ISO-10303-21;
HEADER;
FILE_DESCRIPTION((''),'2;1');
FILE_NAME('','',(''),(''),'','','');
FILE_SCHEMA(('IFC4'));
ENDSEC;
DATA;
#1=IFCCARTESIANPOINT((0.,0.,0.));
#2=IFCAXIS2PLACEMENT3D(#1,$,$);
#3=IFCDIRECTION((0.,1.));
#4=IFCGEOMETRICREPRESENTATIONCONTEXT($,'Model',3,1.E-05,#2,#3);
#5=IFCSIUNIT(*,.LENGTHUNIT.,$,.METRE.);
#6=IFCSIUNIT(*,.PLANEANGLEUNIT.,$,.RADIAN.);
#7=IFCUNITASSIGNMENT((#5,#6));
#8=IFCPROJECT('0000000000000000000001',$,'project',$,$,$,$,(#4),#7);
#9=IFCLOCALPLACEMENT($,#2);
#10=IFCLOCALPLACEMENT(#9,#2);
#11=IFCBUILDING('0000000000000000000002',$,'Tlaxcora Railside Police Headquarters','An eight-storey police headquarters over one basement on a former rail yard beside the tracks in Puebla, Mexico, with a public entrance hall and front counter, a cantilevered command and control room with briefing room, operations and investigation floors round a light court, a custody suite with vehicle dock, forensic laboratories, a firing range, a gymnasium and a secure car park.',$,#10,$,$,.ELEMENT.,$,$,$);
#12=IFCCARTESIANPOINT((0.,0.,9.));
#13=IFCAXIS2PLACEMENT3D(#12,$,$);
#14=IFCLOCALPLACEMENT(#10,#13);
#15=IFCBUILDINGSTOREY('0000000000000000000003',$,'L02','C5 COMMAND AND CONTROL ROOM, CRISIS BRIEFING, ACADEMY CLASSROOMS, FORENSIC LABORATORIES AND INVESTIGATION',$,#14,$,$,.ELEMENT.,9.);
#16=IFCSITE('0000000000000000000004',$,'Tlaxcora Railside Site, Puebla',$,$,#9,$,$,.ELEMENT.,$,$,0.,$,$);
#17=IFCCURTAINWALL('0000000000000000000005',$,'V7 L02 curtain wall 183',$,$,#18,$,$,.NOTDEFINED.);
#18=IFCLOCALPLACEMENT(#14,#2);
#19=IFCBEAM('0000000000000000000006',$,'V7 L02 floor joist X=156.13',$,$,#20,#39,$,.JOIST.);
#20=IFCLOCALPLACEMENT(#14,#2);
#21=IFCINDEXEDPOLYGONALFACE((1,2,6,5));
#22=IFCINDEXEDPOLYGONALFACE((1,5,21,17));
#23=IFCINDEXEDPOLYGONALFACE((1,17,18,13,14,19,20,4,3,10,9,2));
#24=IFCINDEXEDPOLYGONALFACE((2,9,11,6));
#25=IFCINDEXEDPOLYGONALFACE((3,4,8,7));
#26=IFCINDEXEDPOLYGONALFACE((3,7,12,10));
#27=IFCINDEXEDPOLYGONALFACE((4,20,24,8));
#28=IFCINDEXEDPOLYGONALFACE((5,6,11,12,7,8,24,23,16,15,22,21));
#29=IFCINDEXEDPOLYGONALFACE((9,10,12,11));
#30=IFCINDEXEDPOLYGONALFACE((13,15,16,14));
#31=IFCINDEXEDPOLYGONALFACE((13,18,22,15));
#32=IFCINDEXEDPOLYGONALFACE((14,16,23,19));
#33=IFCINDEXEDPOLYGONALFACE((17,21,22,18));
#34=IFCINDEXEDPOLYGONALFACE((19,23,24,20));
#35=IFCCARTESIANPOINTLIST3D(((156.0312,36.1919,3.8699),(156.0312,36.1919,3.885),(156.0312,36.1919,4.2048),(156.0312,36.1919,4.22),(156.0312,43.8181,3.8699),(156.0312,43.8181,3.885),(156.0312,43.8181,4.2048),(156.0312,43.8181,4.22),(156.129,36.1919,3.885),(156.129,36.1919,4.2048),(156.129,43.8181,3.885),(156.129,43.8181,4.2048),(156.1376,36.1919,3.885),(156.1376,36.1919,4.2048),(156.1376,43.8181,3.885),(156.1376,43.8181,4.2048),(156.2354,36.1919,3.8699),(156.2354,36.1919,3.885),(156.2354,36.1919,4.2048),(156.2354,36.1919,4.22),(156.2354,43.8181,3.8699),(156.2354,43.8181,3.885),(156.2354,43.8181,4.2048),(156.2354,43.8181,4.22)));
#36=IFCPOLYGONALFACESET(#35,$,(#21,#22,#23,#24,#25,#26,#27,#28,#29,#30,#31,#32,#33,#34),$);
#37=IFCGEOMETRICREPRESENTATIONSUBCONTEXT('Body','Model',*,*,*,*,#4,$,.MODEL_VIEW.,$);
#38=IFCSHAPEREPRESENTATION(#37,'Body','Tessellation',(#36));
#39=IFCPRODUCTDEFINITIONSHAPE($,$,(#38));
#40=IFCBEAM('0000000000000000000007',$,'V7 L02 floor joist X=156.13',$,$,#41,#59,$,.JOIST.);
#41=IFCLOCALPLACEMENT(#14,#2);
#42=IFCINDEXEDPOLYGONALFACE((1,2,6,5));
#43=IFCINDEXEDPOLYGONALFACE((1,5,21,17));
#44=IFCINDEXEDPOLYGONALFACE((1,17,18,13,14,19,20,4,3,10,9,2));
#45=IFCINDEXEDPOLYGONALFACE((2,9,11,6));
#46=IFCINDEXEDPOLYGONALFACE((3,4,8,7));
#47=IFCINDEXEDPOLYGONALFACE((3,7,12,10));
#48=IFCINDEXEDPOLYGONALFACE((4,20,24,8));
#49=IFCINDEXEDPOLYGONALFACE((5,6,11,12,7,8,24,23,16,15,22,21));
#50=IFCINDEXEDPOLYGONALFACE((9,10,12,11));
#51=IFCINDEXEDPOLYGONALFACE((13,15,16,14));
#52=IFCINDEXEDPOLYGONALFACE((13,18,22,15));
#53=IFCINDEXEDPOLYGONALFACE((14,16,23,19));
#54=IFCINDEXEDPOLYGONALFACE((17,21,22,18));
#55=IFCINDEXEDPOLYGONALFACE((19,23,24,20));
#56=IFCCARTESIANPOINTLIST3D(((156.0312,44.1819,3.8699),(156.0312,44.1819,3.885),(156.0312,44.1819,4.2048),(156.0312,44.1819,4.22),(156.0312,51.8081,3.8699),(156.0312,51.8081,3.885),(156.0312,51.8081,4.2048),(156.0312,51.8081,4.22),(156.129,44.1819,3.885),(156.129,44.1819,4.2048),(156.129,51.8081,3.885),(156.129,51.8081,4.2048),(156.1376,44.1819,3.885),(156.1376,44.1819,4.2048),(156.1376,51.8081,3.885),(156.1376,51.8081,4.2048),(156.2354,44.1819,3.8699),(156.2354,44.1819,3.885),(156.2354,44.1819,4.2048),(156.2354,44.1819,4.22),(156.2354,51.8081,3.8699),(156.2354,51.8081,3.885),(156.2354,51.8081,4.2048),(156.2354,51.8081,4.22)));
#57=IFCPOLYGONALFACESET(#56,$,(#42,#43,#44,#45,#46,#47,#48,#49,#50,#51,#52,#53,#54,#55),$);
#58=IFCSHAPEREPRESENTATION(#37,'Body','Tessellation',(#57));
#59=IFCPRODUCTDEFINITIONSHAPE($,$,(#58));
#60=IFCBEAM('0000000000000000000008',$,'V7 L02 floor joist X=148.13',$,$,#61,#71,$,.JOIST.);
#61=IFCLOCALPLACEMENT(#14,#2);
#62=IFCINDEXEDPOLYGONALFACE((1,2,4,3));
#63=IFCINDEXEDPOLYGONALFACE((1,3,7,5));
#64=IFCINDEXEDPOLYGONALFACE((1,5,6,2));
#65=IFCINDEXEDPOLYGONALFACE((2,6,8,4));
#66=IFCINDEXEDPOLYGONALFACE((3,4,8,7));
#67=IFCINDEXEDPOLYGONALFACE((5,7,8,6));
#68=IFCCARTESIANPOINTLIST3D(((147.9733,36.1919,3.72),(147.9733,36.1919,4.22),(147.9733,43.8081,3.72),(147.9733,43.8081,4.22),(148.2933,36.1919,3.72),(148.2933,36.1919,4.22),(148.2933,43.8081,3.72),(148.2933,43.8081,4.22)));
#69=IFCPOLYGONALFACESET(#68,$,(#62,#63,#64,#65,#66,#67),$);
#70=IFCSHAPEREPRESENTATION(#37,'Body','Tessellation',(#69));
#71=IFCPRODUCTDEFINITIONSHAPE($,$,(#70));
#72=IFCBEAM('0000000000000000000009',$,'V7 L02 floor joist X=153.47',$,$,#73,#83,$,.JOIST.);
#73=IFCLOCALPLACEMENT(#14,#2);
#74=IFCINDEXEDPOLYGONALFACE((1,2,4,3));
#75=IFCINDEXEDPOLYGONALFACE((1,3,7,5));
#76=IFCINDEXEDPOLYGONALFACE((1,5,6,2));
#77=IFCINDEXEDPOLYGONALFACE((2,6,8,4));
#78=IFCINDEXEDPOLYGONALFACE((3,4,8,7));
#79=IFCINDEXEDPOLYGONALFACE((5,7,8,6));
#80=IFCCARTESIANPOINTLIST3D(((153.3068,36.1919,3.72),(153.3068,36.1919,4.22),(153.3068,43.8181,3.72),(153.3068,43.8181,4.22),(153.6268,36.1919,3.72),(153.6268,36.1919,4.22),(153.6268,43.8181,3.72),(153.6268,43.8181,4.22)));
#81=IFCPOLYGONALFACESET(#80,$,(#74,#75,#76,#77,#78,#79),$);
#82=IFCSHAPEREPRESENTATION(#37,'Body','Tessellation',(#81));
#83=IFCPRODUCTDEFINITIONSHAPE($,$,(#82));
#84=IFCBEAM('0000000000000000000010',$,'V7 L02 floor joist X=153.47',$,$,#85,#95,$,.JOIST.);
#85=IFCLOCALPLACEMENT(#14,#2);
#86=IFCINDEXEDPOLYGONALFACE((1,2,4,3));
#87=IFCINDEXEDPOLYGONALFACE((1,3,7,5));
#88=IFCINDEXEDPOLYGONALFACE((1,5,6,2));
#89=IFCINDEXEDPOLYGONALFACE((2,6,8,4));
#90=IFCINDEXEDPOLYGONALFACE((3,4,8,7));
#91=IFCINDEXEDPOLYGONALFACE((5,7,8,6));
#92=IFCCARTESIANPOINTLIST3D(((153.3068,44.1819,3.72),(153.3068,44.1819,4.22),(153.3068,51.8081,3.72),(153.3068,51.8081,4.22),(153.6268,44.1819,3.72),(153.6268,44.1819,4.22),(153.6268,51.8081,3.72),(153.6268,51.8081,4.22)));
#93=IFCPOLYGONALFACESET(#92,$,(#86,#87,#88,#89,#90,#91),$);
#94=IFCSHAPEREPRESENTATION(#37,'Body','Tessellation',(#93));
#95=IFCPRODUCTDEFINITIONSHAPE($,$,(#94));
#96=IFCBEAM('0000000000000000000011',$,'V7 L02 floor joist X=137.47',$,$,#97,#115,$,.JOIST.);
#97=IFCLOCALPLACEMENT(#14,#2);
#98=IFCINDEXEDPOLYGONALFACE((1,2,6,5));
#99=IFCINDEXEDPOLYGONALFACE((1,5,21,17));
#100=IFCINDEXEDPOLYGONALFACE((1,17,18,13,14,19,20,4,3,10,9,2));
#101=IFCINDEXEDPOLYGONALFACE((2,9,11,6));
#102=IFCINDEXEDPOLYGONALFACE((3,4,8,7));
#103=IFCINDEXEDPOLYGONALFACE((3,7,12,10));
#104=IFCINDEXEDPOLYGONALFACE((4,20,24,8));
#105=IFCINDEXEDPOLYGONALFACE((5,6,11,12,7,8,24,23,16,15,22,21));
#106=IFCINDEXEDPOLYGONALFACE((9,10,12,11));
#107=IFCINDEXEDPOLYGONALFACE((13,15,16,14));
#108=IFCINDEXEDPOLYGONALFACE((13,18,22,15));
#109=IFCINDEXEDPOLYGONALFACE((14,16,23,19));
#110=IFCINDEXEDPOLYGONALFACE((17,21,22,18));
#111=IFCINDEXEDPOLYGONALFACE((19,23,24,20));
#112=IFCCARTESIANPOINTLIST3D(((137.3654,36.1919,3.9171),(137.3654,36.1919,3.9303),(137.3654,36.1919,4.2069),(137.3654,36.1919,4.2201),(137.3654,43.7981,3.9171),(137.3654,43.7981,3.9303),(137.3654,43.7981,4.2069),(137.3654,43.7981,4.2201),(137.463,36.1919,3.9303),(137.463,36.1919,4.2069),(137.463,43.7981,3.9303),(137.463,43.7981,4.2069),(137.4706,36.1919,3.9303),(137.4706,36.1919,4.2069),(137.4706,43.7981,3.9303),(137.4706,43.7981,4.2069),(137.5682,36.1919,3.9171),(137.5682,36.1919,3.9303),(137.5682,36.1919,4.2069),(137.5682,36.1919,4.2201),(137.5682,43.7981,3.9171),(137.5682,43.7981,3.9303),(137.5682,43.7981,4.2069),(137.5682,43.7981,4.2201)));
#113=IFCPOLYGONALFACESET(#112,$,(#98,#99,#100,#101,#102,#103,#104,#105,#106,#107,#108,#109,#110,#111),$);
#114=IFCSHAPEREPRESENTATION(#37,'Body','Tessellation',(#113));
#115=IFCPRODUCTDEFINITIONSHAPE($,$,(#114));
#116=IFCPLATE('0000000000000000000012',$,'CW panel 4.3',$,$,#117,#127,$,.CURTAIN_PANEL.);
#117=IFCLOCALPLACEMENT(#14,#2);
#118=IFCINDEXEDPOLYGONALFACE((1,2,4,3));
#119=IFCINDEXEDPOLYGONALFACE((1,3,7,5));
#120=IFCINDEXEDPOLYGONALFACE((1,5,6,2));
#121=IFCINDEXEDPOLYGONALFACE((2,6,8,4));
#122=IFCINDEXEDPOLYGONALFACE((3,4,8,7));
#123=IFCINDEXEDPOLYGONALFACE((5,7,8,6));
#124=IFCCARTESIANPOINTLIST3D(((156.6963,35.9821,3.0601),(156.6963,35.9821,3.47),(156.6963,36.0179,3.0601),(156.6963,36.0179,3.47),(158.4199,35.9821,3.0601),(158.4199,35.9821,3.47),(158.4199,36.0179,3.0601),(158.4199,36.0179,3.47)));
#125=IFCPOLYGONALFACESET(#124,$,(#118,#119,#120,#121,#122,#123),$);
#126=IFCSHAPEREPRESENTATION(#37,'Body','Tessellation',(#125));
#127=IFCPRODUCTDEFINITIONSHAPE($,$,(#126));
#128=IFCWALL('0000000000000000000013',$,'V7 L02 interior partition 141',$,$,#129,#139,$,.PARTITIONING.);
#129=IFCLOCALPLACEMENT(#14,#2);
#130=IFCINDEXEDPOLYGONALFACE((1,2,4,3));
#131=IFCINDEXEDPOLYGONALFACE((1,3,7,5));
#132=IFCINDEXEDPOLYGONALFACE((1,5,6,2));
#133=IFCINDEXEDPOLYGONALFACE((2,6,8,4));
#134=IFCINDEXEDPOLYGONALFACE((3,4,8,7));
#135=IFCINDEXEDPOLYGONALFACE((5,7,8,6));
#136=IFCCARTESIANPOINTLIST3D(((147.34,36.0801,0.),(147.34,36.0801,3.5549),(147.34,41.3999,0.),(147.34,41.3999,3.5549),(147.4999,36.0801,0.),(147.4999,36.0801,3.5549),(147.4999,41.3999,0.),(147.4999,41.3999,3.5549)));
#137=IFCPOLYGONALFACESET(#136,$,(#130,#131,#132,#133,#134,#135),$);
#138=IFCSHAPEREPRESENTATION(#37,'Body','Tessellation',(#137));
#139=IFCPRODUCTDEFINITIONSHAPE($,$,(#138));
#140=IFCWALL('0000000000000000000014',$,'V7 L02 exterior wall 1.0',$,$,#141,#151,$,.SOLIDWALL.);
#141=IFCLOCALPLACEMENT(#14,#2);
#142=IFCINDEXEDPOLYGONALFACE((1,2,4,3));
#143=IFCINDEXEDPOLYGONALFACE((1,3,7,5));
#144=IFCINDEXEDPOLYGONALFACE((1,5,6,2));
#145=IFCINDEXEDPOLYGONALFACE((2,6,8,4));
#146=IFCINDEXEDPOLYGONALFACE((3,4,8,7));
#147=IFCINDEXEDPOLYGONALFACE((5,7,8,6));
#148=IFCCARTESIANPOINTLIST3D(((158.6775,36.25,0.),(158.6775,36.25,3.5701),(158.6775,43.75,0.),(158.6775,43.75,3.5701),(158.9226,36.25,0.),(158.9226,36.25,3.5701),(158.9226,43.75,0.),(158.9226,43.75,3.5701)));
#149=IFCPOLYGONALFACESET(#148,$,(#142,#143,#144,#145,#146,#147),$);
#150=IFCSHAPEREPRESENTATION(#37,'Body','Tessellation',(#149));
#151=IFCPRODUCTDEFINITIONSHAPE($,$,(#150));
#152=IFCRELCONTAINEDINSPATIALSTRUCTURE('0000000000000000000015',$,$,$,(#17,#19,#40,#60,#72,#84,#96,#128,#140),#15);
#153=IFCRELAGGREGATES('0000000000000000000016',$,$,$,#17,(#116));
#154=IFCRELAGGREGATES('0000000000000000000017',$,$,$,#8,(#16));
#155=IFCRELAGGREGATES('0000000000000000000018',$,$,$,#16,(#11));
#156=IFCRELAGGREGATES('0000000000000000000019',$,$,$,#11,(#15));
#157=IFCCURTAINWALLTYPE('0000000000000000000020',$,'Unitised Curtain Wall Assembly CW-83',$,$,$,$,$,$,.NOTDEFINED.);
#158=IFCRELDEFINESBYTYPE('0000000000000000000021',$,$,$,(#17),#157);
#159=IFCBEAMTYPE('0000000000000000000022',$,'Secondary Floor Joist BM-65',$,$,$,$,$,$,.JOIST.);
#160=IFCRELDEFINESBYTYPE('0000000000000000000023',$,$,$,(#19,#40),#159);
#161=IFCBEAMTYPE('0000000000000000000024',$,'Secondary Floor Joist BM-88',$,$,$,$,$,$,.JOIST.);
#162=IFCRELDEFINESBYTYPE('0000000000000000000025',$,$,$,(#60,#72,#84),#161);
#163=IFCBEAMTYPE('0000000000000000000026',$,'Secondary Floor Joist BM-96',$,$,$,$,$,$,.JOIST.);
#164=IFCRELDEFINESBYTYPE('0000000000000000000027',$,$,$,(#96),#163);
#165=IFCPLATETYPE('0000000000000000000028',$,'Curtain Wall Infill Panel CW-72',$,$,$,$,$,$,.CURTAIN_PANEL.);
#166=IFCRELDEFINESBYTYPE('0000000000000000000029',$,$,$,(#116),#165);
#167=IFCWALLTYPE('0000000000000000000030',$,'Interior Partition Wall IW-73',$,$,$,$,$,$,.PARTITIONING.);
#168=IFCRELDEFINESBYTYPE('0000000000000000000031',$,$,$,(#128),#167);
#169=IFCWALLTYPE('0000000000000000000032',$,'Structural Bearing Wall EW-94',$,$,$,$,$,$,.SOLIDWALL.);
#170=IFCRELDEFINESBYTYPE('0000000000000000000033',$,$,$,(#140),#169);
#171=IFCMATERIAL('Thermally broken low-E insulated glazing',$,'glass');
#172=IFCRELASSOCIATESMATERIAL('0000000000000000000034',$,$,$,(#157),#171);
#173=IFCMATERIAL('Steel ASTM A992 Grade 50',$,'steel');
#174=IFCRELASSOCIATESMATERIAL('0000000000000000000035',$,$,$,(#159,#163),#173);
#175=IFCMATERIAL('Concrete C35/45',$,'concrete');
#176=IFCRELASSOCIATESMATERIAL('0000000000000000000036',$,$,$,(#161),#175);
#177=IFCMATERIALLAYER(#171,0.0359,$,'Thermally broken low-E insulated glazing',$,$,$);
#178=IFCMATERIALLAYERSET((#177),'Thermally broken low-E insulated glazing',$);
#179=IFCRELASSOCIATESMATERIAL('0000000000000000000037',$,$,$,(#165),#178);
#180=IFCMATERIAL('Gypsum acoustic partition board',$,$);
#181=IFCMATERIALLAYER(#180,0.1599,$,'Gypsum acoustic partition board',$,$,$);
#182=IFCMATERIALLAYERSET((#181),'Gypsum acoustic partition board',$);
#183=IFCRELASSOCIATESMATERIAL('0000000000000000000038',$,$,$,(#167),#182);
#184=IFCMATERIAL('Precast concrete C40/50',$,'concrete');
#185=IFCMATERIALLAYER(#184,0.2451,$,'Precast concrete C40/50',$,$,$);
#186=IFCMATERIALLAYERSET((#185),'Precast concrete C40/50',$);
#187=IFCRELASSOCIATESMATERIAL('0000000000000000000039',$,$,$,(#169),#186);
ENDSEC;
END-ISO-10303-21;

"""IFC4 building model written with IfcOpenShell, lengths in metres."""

from ifc_helpers import new_model, si_unit, direction, frame, frame_2d, origin, origin_2d, place, context, subcontext, project, spatial, rectangle, i_section, extrude, material, layer, layer_set, material_profile, profile_set, type_object, element, aggregate, save


model = new_model("IFC4")

# Units and contexts
model_context = context("Model", 3, precision=1e-05, world=origin(), true_north=direction((0.0, 1.0)))
body_context = subcontext(model_context, "Body", "Model", "MODEL_VIEW")
ifc_project = project(units=[si_unit("LENGTHUNIT", "METRE"), si_unit("PLANEANGLEUNIT", "RADIAN")], contexts=[model_context])

# Site, building, storey
site_placement = place(None, origin())
site = spatial("IfcSite", under=ifc_project, at=site_placement, Name="Tlaxcora Railside Site, Puebla", CompositionType="ELEMENT", RefElevation=0.0)
building_placement = place(site_placement, origin())
building = spatial("IfcBuilding", under=site, at=building_placement, Name="Tlaxcora Railside Police Headquarters", Description="An eight-storey police headquarters over one basement on a former rail yard beside the tracks in Puebla, Mexico, with a public entrance hall and front counter, a cantilevered command and control room with briefing room, operations and investigation floors round a light court, a custody suite with vehicle dock, forensic laboratories, a firing range, a gymnasium and a secure car park.", CompositionType="ELEMENT")
storey_placement = place(building_placement, frame((0.0, 0.0, 9.0)))
storey = spatial("IfcBuildingStorey", under=building, at=storey_placement, Name="L02", Description="C5 COMMAND AND CONTROL ROOM, CRISIS BRIEFING, ACADEMY CLASSROOMS, FORENSIC LABORATORIES AND INVESTIGATION", CompositionType="ELEMENT", Elevation=9.0)

# Curtain wall
ifc_material_1 = material(Name="Thermally broken low-E insulated glazing", Category="glass")
curtain_wall_type = type_object("IfcCurtainWallType", Name="Unitised Curtain Wall Assembly CW-83", PredefinedType="NOTDEFINED", material=ifc_material_1)
curtain_wall_placement = place(storey_placement, origin())
curtain_wall = element("IfcCurtainWall", 1, at=curtain_wall_placement, inside=storey, type_object=curtain_wall_type, Name="V7 L02 curtain wall 183", PredefinedType="NOTDEFINED")

# Beams
ifc_material_2 = material(Name="Concrete C35/45", Category="concrete")
ifc_material_3 = material(Name="Steel ASTM A992 Grade 50", Category="steel")
ifc_material_profile_1 = material_profile(ifc_material_3, i_section(OverallWidth=0.2041, OverallDepth=0.3501, WebThickness=0.0085, FlangeThickness=0.0151, at=origin_2d()), Name="W14X48")
ifc_profile_set_1 = profile_set([ifc_material_profile_1], Name="Steel ASTM A992 Grade 50")
beam_type_1 = type_object("IfcBeamType", Name="Secondary Floor Joist BM-65", PredefinedType="JOIST", material=ifc_profile_set_1)
for number, where, z_axis, x_axis, name in (
    (2, (156.1333, 36.1919, 4.0449), (0.0, 1.0, 0.0), (-1.0, 0.0, 0.0), "V7 L02 floor joist X=156.13"),
    (3, (156.1333, 44.1819, 4.0449), (0.0, 1.0, 0.0), (-1.0, 0.0, 0.0), "V7 L02 floor joist X=156.13"),
):
    element("IfcBeam", number, at=place(storey_placement, frame(where, z_axis=z_axis, x_axis=x_axis)), inside=storey, type_object=beam_type_1, Name=name, PredefinedType="JOIST", context=body_context, shape_type="SweptSolid", body=[
        extrude(i_section(OverallWidth=0.2041, OverallDepth=0.3501, WebThickness=0.0085, FlangeThickness=0.0151, at=origin_2d()), origin(), (0.0, 0.0, 1.0), 7.6262),
    ])
ifc_material_profile_2 = material_profile(ifc_material_2, rectangle(XDim=0.3201, YDim=0.5, at=origin_2d()), Name="RC320X500")
ifc_profile_set_2 = profile_set([ifc_material_profile_2], Name="Concrete C35/45")
beam_type_2 = type_object("IfcBeamType", Name="Secondary Floor Joist BM-88", PredefinedType="JOIST", material=ifc_profile_set_2)
beam_1_placement = place(storey_placement, frame((148.1333, 36.1919, 3.97), z_axis=(0.0, 1.0, 0.0), x_axis=(-1.0, 0.0, 0.0)))
element("IfcBeam", 4, at=beam_1_placement, inside=storey, type_object=beam_type_2, Name="V7 L02 floor joist X=148.13", PredefinedType="JOIST", context=body_context, shape_type="SweptSolid", body=[
    extrude(rectangle(XDim=0.3201, YDim=0.5, at=origin_2d()), origin(), (0.0, 0.0, 1.0), 7.6162),
])
for number, where, z_axis, x_axis, name in (
    (5, (153.4668, 36.1919, 3.97), (0.0, 1.0, 0.0), (-1.0, 0.0, 0.0), "V7 L02 floor joist X=153.47"),
    (6, (153.4668, 44.1819, 3.97), (0.0, 1.0, 0.0), (-1.0, 0.0, 0.0), "V7 L02 floor joist X=153.47"),
):
    element("IfcBeam", number, at=place(storey_placement, frame(where, z_axis=z_axis, x_axis=x_axis)), inside=storey, type_object=beam_type_2, Name=name, PredefinedType="JOIST", context=body_context, shape_type="SweptSolid", body=[
        extrude(rectangle(XDim=0.3201, YDim=0.5, at=origin_2d()), origin(), (0.0, 0.0, 1.0), 7.6262),
    ])
ifc_material_profile_3 = material_profile(ifc_material_3, i_section(OverallWidth=0.2029, OverallDepth=0.303, WebThickness=0.0076, FlangeThickness=0.0132, at=origin_2d()), Name="W12X40")
ifc_profile_set_3 = profile_set([ifc_material_profile_3], Name="Steel ASTM A992 Grade 50")
beam_type_3 = type_object("IfcBeamType", Name="Secondary Floor Joist BM-96", PredefinedType="JOIST", material=ifc_profile_set_3)
beam_2_placement = place(storey_placement, frame((137.4668, 36.1919, 4.0686), z_axis=(0.0, 1.0, 0.0), x_axis=(-1.0, 0.0, 0.0)))
element("IfcBeam", 7, at=beam_2_placement, inside=storey, type_object=beam_type_3, Name="V7 L02 floor joist X=137.47", PredefinedType="JOIST", context=body_context, shape_type="SweptSolid", body=[
    extrude(i_section(OverallWidth=0.2029, OverallDepth=0.303, WebThickness=0.0076, FlangeThickness=0.0132, at=origin_2d()), origin(), (0.0, 0.0, 1.0), 7.6062),
])

# Plate
ifc_layer_1 = layer(ifc_material_1, 0.0359, Name="Thermally broken low-E insulated glazing")
ifc_layer_set_1 = layer_set([ifc_layer_1], Name="Thermally broken low-E insulated glazing")
plate_type = type_object("IfcPlateType", Name="Curtain Wall Infill Panel CW-72", PredefinedType="CURTAIN_PANEL", material=ifc_layer_set_1)
plate_placement = place(storey_placement, frame((157.5581, 36.0, 3.0601), z_axis=(0.0, 0.0, 1.0), x_axis=(1.0, 0.0, 0.0)))
plate = element("IfcPlate", 8, at=plate_placement, type_object=plate_type, Name="CW panel 4.3", PredefinedType="CURTAIN_PANEL", context=body_context, shape_type="SweptSolid", body=[
    extrude(rectangle(XDim=1.7236, YDim=0.0359, at=origin_2d()), origin(), (0.0, 0.0, 1.0), 0.4099),
])
aggregate(curtain_wall, [plate])

# Walls
ifc_material_4 = material(Name="Gypsum acoustic partition board")
ifc_layer_2 = layer(ifc_material_4, 0.1599, Name="Gypsum acoustic partition board")
ifc_layer_set_2 = layer_set([ifc_layer_2], Name="Gypsum acoustic partition board")
wall_type_1 = type_object("IfcWallType", Name="Interior Partition Wall IW-73", PredefinedType="PARTITIONING", material=ifc_layer_set_2)
wall_1_placement = place(storey_placement, frame((147.4199, 36.0801, 0.0), z_axis=(0.0, 0.0, 1.0), x_axis=(0.0, 1.0, 0.0)))
element("IfcWall", 9, at=wall_1_placement, inside=storey, type_object=wall_type_1, Name="V7 L02 interior partition 141", PredefinedType="PARTITIONING", context=body_context, shape_type="SweptSolid", body=[
    extrude(rectangle(XDim=5.3198, YDim=0.1599, at=frame_2d((2.6599, 0.0))), origin(), (0.0, 0.0, 1.0), 3.5549),
])
ifc_material_5 = material(Name="Precast concrete C40/50", Category="concrete")
ifc_layer_3 = layer(ifc_material_5, 0.2451, Name="Precast concrete C40/50")
ifc_layer_set_3 = layer_set([ifc_layer_3], Name="Precast concrete C40/50")
wall_type_2 = type_object("IfcWallType", Name="Structural Bearing Wall EW-94", PredefinedType="SOLIDWALL", material=ifc_layer_set_3)
wall_2_placement = place(storey_placement, frame((158.8, 36.25, 0.0), z_axis=(0.0, 0.0, 1.0), x_axis=(0.0, 1.0, 0.0)))
element("IfcWall", 10, at=wall_2_placement, inside=storey, type_object=wall_type_2, Name="V7 L02 exterior wall 1.0", PredefinedType="SOLIDWALL", context=body_context, shape_type="SweptSolid", body=[
    extrude(rectangle(XDim=7.5, YDim=0.2451, at=frame_2d((3.75, 0.0))), origin(), (0.0, 0.0, 1.0), 3.5701),
])

save(model, "model.ifc")
